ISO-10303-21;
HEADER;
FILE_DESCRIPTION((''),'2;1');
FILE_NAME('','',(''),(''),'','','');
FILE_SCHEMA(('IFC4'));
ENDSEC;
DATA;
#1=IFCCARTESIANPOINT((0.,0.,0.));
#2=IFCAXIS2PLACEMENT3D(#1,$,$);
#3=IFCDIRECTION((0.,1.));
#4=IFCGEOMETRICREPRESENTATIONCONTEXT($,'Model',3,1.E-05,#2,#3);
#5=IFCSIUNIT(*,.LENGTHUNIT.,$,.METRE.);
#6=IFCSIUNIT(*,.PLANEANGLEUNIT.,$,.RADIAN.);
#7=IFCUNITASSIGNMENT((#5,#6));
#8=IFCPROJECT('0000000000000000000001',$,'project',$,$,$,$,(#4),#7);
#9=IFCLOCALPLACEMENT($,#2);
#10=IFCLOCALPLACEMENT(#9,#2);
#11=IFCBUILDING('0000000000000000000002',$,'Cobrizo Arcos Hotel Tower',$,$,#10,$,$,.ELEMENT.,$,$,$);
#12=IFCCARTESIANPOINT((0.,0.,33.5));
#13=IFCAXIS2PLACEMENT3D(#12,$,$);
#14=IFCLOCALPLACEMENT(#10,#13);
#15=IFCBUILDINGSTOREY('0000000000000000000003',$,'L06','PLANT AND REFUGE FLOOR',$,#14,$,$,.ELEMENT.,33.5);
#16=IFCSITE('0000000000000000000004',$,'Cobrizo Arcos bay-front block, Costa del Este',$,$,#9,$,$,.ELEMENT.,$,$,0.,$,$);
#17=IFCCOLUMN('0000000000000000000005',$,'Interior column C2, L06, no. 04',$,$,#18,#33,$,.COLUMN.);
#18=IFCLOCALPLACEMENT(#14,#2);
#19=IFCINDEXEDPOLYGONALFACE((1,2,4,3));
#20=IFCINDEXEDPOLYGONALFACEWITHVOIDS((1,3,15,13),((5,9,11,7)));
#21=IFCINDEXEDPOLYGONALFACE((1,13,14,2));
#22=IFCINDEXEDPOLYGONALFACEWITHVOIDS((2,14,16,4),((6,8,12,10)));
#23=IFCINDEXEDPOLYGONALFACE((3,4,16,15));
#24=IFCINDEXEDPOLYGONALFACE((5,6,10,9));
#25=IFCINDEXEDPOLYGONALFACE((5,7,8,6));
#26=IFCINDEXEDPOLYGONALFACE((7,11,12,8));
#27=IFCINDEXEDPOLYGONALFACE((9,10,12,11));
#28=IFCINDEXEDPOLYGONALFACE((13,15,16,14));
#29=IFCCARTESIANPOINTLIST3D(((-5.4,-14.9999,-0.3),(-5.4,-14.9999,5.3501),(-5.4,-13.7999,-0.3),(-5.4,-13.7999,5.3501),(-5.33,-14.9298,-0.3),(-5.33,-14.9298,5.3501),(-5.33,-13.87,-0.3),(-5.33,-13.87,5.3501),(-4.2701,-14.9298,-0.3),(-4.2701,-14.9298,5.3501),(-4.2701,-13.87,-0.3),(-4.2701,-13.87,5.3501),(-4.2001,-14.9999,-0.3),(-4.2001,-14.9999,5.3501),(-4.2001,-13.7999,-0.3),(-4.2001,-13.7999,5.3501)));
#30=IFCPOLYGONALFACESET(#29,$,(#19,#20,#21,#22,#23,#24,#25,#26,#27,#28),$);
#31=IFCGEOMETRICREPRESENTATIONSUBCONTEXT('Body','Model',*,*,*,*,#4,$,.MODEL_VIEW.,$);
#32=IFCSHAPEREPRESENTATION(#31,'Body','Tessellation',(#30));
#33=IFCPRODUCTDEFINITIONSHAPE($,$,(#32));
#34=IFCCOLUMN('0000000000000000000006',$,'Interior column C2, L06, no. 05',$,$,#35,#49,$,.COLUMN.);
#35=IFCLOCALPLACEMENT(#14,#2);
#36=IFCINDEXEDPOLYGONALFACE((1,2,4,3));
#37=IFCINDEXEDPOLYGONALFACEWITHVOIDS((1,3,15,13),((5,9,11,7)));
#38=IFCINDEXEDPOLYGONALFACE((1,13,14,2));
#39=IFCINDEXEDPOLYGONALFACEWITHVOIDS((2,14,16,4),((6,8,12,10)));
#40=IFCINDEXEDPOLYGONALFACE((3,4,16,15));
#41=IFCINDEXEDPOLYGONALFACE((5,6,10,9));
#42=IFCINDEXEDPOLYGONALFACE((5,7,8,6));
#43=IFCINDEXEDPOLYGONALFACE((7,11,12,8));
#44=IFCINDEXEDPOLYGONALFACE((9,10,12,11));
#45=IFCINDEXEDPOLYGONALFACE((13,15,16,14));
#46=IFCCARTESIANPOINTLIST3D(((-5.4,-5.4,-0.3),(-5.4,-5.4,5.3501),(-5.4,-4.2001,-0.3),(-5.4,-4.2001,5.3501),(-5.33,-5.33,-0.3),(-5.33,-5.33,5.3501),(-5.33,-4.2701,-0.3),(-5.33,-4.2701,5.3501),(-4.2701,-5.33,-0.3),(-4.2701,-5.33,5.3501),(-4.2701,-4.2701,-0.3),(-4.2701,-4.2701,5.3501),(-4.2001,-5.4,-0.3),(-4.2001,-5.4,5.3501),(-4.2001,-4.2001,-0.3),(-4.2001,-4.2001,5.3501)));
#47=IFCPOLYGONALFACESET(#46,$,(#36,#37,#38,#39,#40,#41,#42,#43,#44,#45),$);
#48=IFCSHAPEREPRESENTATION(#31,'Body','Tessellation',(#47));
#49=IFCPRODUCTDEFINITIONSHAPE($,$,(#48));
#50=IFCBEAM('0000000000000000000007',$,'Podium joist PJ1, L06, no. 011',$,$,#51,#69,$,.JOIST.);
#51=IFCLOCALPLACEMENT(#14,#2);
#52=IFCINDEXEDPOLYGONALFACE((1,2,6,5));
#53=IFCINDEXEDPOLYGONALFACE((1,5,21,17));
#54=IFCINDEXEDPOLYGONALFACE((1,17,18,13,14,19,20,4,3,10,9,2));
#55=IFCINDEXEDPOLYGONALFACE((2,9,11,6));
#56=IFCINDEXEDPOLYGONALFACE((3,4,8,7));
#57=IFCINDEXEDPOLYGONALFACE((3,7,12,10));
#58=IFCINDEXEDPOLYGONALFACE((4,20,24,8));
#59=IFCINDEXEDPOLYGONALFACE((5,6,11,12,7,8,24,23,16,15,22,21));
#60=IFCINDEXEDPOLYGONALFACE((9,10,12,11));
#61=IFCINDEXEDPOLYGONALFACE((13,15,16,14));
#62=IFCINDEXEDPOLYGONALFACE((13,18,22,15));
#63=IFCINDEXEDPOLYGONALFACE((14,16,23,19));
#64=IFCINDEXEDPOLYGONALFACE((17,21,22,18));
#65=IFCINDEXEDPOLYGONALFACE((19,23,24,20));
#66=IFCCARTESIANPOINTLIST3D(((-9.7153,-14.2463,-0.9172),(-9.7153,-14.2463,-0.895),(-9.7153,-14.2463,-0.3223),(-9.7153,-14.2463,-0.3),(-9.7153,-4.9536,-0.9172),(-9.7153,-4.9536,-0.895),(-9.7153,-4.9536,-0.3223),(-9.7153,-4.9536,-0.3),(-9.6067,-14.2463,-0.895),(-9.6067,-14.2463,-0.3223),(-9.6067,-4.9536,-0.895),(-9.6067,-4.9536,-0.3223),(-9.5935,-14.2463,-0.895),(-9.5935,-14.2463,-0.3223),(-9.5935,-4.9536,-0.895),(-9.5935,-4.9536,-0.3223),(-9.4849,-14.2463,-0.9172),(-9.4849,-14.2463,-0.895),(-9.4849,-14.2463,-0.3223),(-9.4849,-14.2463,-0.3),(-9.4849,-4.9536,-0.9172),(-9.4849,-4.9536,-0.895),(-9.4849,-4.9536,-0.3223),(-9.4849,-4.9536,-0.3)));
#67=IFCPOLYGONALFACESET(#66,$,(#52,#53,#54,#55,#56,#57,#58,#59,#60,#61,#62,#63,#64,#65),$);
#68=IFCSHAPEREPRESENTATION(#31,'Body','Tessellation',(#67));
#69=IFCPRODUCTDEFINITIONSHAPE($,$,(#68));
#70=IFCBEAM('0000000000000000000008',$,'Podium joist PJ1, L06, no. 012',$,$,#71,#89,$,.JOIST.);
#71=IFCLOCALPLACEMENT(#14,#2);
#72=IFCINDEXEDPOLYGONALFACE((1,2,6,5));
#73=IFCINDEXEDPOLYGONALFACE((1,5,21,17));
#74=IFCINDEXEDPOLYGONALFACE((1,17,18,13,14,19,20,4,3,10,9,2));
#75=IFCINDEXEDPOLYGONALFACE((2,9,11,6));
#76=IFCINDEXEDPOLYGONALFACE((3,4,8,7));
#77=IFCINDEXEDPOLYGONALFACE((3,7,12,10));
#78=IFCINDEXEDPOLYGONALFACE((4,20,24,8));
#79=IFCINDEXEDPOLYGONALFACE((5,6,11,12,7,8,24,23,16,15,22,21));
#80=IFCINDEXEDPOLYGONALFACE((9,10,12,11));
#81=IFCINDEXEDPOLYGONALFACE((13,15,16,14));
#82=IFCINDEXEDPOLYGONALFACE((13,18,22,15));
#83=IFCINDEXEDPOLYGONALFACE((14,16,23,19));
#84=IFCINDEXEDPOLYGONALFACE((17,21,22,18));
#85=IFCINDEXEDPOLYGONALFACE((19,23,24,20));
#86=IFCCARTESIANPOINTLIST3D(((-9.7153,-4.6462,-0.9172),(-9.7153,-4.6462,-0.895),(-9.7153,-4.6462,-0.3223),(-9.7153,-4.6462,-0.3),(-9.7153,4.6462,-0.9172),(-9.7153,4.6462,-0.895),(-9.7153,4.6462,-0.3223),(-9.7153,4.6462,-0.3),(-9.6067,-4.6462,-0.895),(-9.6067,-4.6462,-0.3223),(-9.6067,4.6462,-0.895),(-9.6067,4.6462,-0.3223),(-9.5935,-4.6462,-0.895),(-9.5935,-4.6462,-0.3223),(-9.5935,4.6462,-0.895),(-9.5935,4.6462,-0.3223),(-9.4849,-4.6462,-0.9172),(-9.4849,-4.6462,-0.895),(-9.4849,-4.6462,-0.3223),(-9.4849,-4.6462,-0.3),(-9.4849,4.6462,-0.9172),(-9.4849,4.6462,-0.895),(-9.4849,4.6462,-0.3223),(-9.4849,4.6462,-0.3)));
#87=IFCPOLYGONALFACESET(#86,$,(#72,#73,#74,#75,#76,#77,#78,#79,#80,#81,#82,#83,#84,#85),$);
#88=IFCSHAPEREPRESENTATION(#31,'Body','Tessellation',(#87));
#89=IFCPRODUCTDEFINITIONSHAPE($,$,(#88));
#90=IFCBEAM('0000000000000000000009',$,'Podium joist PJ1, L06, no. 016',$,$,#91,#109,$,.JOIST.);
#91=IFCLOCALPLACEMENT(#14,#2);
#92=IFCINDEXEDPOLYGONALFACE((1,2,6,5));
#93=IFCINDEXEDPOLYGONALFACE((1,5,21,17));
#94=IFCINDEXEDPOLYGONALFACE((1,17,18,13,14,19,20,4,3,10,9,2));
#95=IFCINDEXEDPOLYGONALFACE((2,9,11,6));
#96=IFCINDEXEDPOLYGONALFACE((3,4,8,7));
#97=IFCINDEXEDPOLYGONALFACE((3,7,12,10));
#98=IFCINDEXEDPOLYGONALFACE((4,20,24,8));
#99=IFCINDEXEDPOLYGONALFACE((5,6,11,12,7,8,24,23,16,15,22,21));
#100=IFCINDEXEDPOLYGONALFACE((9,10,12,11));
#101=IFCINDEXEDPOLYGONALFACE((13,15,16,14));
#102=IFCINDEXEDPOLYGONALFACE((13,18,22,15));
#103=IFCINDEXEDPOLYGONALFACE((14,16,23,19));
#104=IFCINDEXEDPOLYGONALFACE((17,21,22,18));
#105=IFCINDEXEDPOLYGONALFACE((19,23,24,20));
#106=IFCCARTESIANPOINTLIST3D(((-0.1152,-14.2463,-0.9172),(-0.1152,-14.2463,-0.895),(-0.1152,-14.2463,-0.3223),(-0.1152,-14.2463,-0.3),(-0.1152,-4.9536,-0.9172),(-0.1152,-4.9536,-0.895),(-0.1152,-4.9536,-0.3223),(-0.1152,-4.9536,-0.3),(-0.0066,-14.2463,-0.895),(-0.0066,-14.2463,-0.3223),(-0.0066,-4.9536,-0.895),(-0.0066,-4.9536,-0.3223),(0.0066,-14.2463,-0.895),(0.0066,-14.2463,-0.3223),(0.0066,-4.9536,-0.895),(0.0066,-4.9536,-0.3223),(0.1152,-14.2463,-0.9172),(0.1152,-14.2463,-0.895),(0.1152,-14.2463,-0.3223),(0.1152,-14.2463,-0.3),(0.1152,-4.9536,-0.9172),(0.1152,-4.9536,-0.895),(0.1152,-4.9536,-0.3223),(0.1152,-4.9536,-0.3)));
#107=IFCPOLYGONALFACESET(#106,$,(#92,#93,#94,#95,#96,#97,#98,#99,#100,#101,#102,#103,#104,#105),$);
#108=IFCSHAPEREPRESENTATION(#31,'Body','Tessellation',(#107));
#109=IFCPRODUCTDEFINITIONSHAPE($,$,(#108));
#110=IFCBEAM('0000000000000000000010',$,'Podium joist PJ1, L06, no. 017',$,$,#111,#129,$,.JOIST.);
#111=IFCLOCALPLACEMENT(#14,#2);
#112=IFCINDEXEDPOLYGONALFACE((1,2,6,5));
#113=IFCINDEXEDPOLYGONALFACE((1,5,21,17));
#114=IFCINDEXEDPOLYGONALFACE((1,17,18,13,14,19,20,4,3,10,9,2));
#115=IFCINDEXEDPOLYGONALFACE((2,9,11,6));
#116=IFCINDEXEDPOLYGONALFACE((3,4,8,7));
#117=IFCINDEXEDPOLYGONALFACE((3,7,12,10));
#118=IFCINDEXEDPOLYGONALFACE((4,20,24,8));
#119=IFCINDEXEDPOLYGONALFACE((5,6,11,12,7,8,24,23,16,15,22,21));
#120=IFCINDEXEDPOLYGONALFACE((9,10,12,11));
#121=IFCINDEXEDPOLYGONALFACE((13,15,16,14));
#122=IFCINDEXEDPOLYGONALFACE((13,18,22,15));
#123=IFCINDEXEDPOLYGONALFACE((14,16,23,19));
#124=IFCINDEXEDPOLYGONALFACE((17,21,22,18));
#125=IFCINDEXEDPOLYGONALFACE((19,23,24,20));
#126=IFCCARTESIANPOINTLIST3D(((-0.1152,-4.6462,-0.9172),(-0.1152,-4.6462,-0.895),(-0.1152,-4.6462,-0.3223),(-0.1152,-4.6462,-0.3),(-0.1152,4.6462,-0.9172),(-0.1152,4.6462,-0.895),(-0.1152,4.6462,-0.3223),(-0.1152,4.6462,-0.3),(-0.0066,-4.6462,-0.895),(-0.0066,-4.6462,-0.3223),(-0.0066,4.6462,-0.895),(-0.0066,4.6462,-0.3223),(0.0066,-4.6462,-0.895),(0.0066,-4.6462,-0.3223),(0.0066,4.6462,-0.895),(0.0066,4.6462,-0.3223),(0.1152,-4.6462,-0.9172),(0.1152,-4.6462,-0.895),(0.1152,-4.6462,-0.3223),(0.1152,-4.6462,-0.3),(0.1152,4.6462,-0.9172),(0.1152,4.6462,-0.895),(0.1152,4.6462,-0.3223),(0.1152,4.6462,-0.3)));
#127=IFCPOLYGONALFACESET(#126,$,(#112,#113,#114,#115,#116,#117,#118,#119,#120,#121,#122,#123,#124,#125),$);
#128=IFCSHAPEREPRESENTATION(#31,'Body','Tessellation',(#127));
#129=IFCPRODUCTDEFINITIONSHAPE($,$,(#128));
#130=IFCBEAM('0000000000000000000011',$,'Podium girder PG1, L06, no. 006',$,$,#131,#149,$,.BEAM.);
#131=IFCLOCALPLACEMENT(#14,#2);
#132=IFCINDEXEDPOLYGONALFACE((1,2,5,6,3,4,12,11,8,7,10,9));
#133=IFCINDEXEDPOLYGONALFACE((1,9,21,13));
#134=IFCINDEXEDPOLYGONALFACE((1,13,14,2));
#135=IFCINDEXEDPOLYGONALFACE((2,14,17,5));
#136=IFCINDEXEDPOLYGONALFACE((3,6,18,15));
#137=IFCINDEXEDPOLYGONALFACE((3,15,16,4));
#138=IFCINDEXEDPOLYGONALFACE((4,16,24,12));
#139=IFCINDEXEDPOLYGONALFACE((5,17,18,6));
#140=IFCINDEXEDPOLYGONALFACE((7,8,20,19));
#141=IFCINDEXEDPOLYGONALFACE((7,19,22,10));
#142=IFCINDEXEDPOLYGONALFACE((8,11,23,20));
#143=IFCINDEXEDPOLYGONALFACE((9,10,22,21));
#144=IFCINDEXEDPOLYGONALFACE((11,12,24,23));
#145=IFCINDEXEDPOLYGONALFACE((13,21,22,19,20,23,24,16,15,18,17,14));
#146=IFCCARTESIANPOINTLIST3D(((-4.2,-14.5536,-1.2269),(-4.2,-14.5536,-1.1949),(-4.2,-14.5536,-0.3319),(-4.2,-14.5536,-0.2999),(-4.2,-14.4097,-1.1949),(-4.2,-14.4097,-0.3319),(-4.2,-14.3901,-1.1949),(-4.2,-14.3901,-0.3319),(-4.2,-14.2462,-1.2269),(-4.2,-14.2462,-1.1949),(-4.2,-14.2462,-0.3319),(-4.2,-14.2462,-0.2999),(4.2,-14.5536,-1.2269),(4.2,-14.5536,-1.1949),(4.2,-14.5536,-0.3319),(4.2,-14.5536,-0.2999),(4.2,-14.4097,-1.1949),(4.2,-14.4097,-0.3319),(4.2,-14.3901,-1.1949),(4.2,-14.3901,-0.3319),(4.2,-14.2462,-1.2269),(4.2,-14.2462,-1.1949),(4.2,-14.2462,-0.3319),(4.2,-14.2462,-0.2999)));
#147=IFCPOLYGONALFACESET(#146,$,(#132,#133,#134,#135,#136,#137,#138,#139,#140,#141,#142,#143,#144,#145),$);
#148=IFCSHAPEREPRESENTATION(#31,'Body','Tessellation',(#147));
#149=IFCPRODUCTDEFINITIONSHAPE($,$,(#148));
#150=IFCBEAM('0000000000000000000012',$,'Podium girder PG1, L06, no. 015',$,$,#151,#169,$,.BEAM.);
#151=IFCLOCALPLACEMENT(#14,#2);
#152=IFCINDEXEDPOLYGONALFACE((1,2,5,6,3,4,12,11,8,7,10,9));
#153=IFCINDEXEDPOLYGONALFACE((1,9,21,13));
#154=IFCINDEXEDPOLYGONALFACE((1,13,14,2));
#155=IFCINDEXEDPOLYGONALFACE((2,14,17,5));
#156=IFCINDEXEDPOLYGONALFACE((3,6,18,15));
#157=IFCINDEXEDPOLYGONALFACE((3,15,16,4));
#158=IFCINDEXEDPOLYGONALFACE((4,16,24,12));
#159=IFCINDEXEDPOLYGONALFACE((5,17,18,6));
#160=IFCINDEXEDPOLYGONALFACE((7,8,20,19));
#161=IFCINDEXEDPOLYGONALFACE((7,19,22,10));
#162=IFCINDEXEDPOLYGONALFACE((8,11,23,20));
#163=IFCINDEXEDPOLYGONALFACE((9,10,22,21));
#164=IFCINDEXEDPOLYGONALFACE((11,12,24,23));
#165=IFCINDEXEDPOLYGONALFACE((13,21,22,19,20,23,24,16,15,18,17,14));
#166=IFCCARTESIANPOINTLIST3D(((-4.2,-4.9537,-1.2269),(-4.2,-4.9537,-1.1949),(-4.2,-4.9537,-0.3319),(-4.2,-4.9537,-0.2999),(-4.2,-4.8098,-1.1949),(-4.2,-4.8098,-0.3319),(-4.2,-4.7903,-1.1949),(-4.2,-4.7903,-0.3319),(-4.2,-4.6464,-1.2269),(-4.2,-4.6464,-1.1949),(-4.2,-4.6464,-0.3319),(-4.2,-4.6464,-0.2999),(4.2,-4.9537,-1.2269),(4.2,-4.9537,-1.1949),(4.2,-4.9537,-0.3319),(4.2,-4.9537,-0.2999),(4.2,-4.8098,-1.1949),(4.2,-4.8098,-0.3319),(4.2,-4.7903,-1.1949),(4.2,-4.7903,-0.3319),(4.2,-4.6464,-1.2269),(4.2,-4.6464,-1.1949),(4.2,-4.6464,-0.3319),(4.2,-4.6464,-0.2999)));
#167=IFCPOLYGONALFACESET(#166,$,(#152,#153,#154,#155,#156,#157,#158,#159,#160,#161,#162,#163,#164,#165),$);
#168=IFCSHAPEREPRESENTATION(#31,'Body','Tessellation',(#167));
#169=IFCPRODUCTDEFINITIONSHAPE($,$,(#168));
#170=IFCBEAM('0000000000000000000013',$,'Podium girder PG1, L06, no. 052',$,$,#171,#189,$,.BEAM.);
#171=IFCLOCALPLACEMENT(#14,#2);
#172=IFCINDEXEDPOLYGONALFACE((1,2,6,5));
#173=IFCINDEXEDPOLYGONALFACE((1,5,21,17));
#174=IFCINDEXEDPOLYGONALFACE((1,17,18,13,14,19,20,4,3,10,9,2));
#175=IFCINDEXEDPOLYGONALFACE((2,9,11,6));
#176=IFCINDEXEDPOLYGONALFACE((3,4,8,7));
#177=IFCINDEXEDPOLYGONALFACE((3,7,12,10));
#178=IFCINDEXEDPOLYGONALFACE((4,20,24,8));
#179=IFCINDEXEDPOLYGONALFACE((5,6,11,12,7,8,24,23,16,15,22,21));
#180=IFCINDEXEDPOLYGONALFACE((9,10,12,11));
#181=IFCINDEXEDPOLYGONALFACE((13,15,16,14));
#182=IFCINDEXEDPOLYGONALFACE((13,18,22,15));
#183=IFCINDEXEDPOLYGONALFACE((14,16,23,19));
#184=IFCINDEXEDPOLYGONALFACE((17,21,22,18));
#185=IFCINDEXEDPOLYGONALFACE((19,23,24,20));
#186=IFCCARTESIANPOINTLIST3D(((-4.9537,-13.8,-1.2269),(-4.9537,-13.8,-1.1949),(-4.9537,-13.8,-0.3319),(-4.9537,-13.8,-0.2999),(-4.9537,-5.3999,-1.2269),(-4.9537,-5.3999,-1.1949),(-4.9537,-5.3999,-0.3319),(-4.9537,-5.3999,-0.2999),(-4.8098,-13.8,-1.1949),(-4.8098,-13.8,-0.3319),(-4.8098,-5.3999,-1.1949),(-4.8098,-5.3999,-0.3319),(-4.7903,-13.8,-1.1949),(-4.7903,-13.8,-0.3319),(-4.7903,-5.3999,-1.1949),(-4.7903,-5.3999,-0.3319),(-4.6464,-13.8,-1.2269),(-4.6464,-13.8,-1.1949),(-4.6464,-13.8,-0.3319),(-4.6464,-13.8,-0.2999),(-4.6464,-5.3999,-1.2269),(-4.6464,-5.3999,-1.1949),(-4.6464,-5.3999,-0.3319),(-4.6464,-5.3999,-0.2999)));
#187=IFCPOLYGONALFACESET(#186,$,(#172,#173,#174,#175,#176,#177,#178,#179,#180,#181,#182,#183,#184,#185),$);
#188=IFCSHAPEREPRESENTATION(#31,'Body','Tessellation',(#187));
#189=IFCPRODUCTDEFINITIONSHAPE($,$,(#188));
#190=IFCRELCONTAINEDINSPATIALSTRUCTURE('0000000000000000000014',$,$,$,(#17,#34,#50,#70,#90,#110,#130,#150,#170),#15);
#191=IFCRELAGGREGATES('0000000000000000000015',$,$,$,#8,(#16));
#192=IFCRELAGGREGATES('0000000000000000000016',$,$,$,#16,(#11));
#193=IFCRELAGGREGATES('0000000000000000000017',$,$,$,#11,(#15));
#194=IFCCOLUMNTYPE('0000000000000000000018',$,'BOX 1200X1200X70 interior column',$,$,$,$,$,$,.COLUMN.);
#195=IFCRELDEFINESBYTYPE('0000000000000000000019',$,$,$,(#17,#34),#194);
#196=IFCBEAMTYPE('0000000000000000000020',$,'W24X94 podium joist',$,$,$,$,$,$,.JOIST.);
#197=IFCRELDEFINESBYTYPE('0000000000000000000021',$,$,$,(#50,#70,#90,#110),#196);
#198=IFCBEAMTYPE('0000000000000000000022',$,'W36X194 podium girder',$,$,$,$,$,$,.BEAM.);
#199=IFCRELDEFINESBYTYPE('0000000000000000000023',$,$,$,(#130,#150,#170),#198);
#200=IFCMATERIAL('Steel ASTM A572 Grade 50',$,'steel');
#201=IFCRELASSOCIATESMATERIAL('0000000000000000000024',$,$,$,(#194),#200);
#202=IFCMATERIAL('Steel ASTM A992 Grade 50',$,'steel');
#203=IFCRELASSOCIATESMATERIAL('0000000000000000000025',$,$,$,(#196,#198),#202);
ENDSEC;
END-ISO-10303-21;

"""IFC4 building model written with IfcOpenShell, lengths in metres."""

from ifc_helpers import new_model, si_unit, direction, frame, origin, origin_2d, place, context, subcontext, project, spatial, hollow_rectangle, i_section, extrude, material, material_profile, profile_set, type_object, element, save


model = new_model("IFC4")

# Units and contexts
model_context = context("Model", 3, precision=1e-05, world=origin(), true_north=direction((0.0, 1.0)))
body_context = subcontext(model_context, "Body", "Model", "MODEL_VIEW")
ifc_project = project(units=[si_unit("LENGTHUNIT", "METRE"), si_unit("PLANEANGLEUNIT", "RADIAN")], contexts=[model_context])

# Site, building, storey
site_placement = place(None, origin())
site = spatial("IfcSite", under=ifc_project, at=site_placement, Name="Cobrizo Arcos bay-front block, Costa del Este", CompositionType="ELEMENT", RefElevation=0.0)
building_placement = place(site_placement, origin())
building = spatial("IfcBuilding", under=site, at=building_placement, Name="Cobrizo Arcos Hotel Tower", CompositionType="ELEMENT")
storey_placement = place(building_placement, frame((0.0, 0.0, 33.5)))
storey = spatial("IfcBuildingStorey", under=building, at=storey_placement, Name="L06", Description="PLANT AND REFUGE FLOOR", CompositionType="ELEMENT", Elevation=33.5)

# Columns
ifc_material_1 = material(Name="Steel ASTM A572 Grade 50", Category="steel")
ifc_material_profile_1 = material_profile(ifc_material_1, hollow_rectangle(XDim=1.2, YDim=1.2, WallThickness=0.0701, at=origin_2d()), Name="BOX 1200X1200X70")
ifc_profile_set_1 = profile_set([ifc_material_profile_1], Name="Steel ASTM A572 Grade 50")
column_type = type_object("IfcColumnType", Name="BOX 1200X1200X70 interior column", PredefinedType="COLUMN", material=ifc_profile_set_1)
for number, where, z_axis, x_axis, name in (
    (1, (-4.8, -14.3999, -0.3), (0.0, 0.0, 1.0), (1.0, 0.0, 0.0), "Interior column C2, L06, no. 04"),
    (2, (-4.8, -4.8, -0.3), (0.0, 0.0, 1.0), (1.0, 0.0, 0.0), "Interior column C2, L06, no. 05"),
):
    element("IfcColumn", number, at=place(storey_placement, frame(where, z_axis=z_axis, x_axis=x_axis)), inside=storey, type_object=column_type, Name=name, PredefinedType="COLUMN", context=body_context, shape_type="SweptSolid", body=[
        extrude(hollow_rectangle(XDim=1.2, YDim=1.2, WallThickness=0.0701, at=origin_2d()), origin(), (0.0, 0.0, 1.0), 5.6501),
    ])

# Beams
ifc_material_2 = material(Name="Steel ASTM A992 Grade 50", Category="steel")
ifc_material_profile_2 = material_profile(ifc_material_2, i_section(OverallWidth=0.2305, OverallDepth=0.6172, WebThickness=0.0132, FlangeThickness=0.0222, at=origin_2d()), Name="W24X94")
ifc_profile_set_2 = profile_set([ifc_material_profile_2], Name="Steel ASTM A992 Grade 50")
beam_type_1 = type_object("IfcBeamType", Name="W24X94 podium joist", PredefinedType="JOIST", material=ifc_profile_set_2)
beam_1_placement = place(storey_placement, frame((-9.6001, -14.2463, -0.6086), z_axis=(0.0, 1.0, 0.0), x_axis=(-1.0, 0.0, 0.0)))
element("IfcBeam", 3, at=beam_1_placement, inside=storey, type_object=beam_type_1, Name="Podium joist PJ1, L06, no. 011", PredefinedType="JOIST", context=body_context, shape_type="SweptSolid", body=[
    extrude(i_section(OverallWidth=0.2305, OverallDepth=0.6172, WebThickness=0.0132, FlangeThickness=0.0222, at=origin_2d()), origin(), (0.0, 0.0, 1.0), 9.2927),
])
beam_2_placement = place(storey_placement, frame((-9.6001, -4.6462, -0.6086), z_axis=(0.0, 1.0, 0.0), x_axis=(-1.0, 0.0, 0.0)))
element("IfcBeam", 4, at=beam_2_placement, inside=storey, type_object=beam_type_1, Name="Podium joist PJ1, L06, no. 012", PredefinedType="JOIST", context=body_context, shape_type="SweptSolid", body=[
    extrude(i_section(OverallWidth=0.2305, OverallDepth=0.6172, WebThickness=0.0132, FlangeThickness=0.0222, at=origin_2d()), origin(), (0.0, 0.0, 1.0), 9.2925),
])
beam_3_placement = place(storey_placement, frame((0.0, -14.2463, -0.6086), z_axis=(0.0, 1.0, 0.0), x_axis=(-1.0, 0.0, 0.0)))
element("IfcBeam", 5, at=beam_3_placement, inside=storey, type_object=beam_type_1, Name="Podium joist PJ1, L06, no. 016", PredefinedType="JOIST", context=body_context, shape_type="SweptSolid", body=[
    extrude(i_section(OverallWidth=0.2305, OverallDepth=0.6172, WebThickness=0.0132, FlangeThickness=0.0222, at=origin_2d()), origin(), (0.0, 0.0, 1.0), 9.2927),
])
beam_4_placement = place(storey_placement, frame((0.0, -4.6462, -0.6086), z_axis=(0.0, 1.0, 0.0), x_axis=(-1.0, 0.0, 0.0)))
element("IfcBeam", 6, at=beam_4_placement, inside=storey, type_object=beam_type_1, Name="Podium joist PJ1, L06, no. 017", PredefinedType="JOIST", context=body_context, shape_type="SweptSolid", body=[
    extrude(i_section(OverallWidth=0.2305, OverallDepth=0.6172, WebThickness=0.0132, FlangeThickness=0.0222, at=origin_2d()), origin(), (0.0, 0.0, 1.0), 9.2925),
])
ifc_material_profile_3 = material_profile(ifc_material_2, i_section(OverallWidth=0.3074, OverallDepth=0.927, WebThickness=0.0195, FlangeThickness=0.032, at=origin_2d()), Name="W36X194")
ifc_profile_set_3 = profile_set([ifc_material_profile_3], Name="Steel ASTM A992 Grade 50")
beam_type_2 = type_object("IfcBeamType", Name="W36X194 podium girder", PredefinedType="BEAM", material=ifc_profile_set_3)
for number, where, z_axis, x_axis, name in (
    (7, (-4.2, -14.3999, -0.7634), (1.0, 0.0, 0.0), (0.0, 1.0, 0.0), "Podium girder PG1, L06, no. 006"),
    (8, (-4.2, -4.8, -0.7634), (1.0, 0.0, 0.0), (0.0, 1.0, 0.0), "Podium girder PG1, L06, no. 015"),
):
    element("IfcBeam", number, at=place(storey_placement, frame(where, z_axis=z_axis, x_axis=x_axis)), inside=storey, type_object=beam_type_2, Name=name, PredefinedType="BEAM", context=body_context, shape_type="SweptSolid", body=[
        extrude(i_section(OverallWidth=0.3074, OverallDepth=0.927, WebThickness=0.0195, FlangeThickness=0.032, at=origin_2d()), origin(), (0.0, 0.0, 1.0), 8.3999),
    ])
beam_5_placement = place(storey_placement, frame((-4.8, -13.8, -0.7634), z_axis=(0.0, 1.0, 0.0), x_axis=(-1.0, 0.0, 0.0)))
element("IfcBeam", 9, at=beam_5_placement, inside=storey, type_object=beam_type_2, Name="Podium girder PG1, L06, no. 052", PredefinedType="BEAM", context=body_context, shape_type="SweptSolid", body=[
    extrude(i_section(OverallWidth=0.3074, OverallDepth=0.927, WebThickness=0.0195, FlangeThickness=0.032, at=origin_2d()), origin(), (0.0, 0.0, 1.0), 8.4001),
])

save(model, "model.ifc")
